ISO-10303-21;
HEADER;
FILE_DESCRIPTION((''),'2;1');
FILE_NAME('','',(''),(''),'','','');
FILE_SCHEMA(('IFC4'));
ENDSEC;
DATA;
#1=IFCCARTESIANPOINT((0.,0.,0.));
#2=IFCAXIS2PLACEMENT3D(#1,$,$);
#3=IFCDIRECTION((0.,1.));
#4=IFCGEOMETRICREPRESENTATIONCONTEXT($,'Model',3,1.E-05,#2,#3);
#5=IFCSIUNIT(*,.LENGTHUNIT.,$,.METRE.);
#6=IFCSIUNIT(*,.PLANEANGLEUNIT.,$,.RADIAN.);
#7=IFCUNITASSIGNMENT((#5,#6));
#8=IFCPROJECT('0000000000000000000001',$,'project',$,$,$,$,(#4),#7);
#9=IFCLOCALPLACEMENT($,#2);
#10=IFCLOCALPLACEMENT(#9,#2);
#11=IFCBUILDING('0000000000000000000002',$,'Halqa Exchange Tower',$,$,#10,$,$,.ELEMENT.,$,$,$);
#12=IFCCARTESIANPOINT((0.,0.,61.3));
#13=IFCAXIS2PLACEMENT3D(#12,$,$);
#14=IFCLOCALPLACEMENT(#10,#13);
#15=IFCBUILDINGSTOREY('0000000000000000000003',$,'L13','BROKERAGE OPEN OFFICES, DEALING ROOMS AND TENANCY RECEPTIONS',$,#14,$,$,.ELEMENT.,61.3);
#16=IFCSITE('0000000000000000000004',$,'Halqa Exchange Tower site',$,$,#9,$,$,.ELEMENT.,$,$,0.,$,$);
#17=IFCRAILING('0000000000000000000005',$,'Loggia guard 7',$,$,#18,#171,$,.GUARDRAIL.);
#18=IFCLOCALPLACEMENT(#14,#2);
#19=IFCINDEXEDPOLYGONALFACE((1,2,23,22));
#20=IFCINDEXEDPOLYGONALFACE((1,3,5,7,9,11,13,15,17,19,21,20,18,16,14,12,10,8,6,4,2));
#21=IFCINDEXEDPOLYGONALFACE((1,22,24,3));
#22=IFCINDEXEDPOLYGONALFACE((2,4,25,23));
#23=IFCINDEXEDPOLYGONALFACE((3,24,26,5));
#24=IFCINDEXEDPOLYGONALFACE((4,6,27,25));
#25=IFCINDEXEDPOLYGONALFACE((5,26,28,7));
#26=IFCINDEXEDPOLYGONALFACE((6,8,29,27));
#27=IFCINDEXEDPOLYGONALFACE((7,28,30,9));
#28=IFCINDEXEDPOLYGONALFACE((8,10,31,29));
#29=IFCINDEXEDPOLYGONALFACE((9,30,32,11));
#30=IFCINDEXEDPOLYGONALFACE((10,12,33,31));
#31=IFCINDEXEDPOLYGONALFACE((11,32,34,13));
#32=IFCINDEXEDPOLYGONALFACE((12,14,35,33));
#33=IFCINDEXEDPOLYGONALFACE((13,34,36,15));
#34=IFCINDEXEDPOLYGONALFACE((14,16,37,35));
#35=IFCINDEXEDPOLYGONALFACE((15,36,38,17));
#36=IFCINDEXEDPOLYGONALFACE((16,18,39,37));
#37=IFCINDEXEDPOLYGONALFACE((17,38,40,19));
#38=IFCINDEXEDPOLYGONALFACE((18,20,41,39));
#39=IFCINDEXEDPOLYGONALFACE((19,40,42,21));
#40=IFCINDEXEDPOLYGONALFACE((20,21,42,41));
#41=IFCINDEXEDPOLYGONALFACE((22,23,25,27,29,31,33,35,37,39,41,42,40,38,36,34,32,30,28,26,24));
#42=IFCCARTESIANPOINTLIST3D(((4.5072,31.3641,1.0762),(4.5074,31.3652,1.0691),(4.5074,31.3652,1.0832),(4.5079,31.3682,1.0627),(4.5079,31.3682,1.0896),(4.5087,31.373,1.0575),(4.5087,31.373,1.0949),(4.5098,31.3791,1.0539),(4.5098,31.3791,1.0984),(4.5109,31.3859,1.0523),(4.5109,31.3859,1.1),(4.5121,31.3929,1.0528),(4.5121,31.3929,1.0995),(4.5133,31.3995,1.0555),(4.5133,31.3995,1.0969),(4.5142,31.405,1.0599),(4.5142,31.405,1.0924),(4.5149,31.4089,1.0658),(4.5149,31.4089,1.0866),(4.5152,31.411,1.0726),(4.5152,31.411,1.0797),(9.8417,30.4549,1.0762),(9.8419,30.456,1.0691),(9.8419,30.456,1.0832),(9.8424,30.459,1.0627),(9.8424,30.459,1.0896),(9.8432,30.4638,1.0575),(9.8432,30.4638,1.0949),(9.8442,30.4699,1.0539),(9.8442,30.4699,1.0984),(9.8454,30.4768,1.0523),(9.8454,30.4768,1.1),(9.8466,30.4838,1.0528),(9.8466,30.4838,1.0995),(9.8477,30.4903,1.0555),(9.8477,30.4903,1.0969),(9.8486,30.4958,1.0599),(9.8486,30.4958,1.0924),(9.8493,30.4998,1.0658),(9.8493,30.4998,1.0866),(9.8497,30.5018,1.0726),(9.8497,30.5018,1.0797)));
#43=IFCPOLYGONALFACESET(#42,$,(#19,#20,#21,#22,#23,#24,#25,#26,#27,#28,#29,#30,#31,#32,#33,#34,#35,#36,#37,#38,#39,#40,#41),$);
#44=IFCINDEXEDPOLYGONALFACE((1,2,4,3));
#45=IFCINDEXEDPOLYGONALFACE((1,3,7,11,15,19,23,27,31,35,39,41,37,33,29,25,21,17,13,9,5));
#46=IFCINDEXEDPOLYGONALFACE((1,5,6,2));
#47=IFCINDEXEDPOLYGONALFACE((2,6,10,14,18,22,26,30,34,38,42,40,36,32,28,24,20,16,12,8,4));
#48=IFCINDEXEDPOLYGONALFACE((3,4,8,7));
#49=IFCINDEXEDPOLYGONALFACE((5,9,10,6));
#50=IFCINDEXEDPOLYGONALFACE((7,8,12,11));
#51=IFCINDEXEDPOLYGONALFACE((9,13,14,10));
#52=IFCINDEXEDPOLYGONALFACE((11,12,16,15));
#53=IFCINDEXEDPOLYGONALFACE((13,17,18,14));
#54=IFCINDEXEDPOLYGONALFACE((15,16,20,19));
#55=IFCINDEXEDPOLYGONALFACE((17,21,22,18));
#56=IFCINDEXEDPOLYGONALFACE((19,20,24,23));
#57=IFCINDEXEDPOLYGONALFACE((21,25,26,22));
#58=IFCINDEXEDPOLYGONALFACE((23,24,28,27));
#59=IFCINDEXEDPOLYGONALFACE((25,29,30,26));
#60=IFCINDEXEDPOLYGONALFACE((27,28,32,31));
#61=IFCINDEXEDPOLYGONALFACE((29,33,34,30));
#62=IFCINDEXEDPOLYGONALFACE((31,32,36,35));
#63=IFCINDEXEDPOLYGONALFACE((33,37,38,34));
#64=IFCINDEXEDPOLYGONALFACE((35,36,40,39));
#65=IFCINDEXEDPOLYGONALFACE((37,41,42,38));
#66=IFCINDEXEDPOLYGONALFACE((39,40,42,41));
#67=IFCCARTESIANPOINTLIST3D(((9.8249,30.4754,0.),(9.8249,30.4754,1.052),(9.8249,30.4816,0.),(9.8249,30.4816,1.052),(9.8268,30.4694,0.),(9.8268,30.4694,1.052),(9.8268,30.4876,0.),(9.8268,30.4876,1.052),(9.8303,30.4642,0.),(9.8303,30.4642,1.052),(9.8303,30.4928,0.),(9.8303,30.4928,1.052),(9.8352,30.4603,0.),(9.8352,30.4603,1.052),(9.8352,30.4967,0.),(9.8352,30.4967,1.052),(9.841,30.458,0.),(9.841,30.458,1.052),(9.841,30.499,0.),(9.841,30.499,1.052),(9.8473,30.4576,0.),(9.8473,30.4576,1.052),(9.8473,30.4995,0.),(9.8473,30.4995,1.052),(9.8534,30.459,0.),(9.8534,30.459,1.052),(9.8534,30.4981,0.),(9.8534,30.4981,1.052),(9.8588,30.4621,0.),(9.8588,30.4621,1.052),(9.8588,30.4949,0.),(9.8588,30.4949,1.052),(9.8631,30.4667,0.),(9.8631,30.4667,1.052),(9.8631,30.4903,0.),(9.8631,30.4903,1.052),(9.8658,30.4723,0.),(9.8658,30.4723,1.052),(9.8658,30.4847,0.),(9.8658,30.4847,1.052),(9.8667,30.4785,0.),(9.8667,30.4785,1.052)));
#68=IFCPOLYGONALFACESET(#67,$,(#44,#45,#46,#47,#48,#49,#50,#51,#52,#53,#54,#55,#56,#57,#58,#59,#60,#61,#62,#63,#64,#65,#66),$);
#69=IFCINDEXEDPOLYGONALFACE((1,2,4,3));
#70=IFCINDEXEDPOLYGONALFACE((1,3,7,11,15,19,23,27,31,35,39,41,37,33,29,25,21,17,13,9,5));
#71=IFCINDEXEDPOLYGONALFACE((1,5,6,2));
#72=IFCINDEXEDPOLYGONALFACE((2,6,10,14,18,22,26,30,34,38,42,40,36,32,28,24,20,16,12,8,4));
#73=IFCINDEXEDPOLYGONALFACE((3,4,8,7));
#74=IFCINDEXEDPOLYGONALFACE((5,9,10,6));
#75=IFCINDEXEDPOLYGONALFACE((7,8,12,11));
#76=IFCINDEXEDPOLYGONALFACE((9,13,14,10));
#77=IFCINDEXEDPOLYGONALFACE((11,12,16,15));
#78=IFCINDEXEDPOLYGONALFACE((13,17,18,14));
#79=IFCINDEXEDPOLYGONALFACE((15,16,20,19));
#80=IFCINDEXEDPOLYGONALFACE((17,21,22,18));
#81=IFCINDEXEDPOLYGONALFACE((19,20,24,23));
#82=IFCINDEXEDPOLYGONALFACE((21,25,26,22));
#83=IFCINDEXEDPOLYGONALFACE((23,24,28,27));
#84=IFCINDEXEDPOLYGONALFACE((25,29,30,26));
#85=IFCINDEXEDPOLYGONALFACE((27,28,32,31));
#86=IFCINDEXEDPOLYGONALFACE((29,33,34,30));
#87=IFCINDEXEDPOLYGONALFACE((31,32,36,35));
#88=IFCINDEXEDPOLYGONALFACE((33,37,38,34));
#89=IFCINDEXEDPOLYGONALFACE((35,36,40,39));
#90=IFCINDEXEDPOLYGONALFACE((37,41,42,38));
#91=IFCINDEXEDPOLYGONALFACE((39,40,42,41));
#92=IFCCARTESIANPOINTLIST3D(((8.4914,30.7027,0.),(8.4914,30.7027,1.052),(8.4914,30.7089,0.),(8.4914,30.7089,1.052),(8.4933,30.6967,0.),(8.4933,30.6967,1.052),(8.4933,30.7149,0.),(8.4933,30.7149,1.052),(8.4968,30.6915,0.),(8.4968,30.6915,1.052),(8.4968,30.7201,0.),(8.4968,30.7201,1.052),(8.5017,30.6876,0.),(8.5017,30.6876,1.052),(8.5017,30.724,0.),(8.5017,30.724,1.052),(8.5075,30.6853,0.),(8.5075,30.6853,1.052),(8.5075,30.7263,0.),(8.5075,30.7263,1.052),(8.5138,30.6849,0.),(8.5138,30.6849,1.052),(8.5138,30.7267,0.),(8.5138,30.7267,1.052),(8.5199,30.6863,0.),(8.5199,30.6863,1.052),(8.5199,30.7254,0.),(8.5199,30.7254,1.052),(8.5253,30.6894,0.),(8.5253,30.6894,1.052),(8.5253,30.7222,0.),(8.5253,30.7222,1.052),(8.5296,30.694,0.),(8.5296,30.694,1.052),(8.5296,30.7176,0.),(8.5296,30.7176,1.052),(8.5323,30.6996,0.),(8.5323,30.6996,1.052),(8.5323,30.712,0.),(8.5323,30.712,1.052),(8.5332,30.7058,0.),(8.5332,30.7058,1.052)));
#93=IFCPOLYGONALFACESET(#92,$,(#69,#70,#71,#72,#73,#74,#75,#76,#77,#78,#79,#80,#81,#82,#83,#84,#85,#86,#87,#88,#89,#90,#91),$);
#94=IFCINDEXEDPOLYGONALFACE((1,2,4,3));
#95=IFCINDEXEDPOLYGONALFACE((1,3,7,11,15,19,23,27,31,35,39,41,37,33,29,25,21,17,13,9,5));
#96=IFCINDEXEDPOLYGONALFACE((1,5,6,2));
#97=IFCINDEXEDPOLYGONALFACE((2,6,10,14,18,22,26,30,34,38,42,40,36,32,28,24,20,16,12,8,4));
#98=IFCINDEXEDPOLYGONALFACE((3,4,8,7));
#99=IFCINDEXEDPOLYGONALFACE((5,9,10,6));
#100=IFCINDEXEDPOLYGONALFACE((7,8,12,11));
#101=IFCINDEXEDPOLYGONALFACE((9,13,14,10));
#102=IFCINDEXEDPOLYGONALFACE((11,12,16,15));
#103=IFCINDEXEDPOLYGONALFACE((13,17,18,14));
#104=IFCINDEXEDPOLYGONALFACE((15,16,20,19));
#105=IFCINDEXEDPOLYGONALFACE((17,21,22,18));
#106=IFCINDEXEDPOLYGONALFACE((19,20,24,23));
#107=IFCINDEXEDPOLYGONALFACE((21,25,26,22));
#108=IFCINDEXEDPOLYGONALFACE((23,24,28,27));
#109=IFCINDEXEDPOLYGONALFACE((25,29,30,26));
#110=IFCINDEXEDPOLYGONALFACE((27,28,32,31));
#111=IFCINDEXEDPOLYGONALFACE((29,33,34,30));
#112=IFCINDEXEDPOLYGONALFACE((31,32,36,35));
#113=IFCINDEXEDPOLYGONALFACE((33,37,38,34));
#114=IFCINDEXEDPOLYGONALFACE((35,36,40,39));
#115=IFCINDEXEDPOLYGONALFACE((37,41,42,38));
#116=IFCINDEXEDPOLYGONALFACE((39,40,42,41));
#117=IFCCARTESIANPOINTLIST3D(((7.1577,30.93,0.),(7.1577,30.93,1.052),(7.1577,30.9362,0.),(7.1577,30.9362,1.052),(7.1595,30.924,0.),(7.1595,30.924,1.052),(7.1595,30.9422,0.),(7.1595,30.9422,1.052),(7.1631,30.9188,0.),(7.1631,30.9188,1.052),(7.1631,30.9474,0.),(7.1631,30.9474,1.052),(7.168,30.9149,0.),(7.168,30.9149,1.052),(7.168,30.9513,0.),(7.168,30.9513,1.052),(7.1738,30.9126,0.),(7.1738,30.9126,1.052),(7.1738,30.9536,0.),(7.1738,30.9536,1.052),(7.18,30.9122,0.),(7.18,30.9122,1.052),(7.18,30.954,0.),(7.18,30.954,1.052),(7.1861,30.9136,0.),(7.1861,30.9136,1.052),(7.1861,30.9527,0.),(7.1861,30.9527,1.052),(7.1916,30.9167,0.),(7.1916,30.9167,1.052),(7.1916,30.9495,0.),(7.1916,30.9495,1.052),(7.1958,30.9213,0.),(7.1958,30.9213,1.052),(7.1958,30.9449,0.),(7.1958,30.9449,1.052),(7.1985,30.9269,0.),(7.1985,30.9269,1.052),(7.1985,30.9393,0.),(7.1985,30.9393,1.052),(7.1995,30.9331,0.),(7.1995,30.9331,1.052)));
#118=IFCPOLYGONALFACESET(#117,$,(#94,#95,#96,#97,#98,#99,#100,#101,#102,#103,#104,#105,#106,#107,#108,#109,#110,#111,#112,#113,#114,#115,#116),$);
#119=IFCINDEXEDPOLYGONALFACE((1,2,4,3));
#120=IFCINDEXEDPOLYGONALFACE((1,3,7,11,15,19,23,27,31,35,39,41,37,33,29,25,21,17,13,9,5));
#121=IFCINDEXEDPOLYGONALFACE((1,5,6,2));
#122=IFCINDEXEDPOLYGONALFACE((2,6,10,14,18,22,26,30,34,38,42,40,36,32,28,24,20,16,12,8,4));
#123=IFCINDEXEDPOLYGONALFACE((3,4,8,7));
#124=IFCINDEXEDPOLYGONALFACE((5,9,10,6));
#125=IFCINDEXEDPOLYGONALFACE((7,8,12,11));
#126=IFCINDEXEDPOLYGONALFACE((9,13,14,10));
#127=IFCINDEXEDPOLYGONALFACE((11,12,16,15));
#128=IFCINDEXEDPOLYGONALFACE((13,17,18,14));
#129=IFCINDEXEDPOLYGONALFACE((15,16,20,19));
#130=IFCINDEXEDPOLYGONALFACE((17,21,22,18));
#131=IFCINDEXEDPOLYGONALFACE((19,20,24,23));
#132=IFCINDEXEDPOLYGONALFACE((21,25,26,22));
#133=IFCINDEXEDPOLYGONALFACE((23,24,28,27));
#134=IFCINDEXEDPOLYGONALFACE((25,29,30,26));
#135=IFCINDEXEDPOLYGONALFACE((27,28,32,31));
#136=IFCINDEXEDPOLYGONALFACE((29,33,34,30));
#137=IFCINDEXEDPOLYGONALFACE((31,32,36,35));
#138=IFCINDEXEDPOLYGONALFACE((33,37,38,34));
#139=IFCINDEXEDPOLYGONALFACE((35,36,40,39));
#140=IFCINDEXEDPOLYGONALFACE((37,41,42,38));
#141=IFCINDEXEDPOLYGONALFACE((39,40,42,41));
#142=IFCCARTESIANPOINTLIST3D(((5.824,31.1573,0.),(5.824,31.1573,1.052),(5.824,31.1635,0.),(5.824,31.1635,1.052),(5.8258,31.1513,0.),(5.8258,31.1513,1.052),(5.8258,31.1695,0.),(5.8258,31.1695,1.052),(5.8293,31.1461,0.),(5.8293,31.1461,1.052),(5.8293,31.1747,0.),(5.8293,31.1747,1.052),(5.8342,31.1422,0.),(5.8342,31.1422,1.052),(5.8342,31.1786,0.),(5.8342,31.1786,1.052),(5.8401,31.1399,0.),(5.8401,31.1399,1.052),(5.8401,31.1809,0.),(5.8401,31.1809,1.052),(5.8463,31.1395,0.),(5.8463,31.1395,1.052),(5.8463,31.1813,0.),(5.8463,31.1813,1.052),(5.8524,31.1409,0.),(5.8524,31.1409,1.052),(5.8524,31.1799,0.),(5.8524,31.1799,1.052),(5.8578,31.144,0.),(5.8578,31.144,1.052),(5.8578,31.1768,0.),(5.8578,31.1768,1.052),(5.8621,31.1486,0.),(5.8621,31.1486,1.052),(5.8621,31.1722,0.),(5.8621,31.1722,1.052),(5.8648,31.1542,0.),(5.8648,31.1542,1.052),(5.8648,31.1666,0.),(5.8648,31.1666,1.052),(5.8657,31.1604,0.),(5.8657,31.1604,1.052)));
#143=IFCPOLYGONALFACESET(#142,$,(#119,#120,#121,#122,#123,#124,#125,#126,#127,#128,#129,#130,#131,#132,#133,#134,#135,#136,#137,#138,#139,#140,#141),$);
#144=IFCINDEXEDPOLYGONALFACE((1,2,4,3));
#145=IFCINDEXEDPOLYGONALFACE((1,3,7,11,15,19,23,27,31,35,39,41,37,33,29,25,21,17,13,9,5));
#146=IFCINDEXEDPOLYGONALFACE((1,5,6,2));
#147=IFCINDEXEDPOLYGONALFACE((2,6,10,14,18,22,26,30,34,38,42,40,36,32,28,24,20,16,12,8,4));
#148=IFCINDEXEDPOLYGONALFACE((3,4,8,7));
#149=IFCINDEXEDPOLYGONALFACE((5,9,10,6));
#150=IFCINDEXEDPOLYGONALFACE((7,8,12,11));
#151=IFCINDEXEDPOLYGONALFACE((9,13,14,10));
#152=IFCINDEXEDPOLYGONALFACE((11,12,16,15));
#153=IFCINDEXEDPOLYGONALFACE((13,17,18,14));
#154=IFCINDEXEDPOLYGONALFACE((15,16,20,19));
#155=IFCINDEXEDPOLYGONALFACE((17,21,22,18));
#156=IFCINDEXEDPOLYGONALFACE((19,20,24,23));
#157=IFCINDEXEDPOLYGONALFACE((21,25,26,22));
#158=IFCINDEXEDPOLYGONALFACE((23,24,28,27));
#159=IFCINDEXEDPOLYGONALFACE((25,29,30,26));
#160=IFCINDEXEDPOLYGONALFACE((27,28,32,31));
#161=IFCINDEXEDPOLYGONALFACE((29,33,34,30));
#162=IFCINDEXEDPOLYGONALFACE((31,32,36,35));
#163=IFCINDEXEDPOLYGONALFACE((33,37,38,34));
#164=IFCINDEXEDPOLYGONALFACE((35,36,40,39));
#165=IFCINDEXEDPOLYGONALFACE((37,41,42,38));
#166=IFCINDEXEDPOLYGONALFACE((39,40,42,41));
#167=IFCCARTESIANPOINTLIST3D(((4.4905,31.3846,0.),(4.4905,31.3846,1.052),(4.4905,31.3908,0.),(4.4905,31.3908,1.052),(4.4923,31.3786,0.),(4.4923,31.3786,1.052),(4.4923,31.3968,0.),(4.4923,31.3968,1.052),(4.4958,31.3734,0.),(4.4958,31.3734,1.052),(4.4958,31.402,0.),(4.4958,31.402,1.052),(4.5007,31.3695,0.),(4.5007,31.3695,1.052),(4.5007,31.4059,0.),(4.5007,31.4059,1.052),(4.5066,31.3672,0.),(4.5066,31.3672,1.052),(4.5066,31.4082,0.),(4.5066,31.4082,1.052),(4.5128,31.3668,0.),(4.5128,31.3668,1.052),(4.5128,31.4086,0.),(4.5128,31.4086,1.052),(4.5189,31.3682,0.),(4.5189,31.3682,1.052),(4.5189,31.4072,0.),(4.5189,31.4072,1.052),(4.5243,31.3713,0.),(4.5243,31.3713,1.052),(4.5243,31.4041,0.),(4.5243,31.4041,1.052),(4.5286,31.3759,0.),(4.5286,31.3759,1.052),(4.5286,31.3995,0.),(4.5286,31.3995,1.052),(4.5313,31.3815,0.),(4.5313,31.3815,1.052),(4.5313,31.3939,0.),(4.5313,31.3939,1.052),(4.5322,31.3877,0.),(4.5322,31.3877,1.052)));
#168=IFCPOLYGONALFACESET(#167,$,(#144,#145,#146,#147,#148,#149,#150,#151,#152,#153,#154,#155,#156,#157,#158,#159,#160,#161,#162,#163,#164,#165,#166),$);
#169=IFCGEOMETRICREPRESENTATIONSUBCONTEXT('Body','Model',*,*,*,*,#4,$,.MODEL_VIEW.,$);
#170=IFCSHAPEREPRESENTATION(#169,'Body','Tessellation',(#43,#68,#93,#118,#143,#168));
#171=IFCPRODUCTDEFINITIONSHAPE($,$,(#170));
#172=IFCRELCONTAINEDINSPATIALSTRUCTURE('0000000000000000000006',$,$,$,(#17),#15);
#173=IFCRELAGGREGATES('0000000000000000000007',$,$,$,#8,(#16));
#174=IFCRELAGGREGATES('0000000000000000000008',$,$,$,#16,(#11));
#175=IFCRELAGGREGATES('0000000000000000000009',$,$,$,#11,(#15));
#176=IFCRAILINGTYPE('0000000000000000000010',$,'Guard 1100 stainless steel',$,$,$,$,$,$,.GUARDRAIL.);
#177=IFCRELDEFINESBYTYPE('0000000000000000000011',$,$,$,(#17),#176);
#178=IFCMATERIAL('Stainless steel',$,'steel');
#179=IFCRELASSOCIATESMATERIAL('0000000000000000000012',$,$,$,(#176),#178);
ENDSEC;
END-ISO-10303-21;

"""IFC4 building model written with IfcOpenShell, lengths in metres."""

from ifc_helpers import new_model, si_unit, direction, frame, origin, origin_2d, place, context, subcontext, project, spatial, circle, extrude, material, type_object, element, save


model = new_model("IFC4")

# Units and contexts
model_context = context("Model", 3, precision=1e-05, world=origin(), true_north=direction((0.0, 1.0)))
body_context = subcontext(model_context, "Body", "Model", "MODEL_VIEW")
ifc_project = project(units=[si_unit("LENGTHUNIT", "METRE"), si_unit("PLANEANGLEUNIT", "RADIAN")], contexts=[model_context])

# Site, building, storey
site_placement = place(None, origin())
site = spatial("IfcSite", under=ifc_project, at=site_placement, Name="Halqa Exchange Tower site", CompositionType="ELEMENT", RefElevation=0.0)
building_placement = place(site_placement, origin())
building = spatial("IfcBuilding", under=site, at=building_placement, Name="Halqa Exchange Tower", CompositionType="ELEMENT")
storey_placement = place(building_placement, frame((0.0, 0.0, 61.3)))
storey = spatial("IfcBuildingStorey", under=building, at=storey_placement, Name="L13", Description="BROKERAGE OPEN OFFICES, DEALING ROOMS AND TENANCY RECEPTIONS", CompositionType="ELEMENT", Elevation=61.3)

# Railing
ifc_material_1 = material(Name="Stainless steel", Category="steel")
railing_type_1 = type_object("IfcRailingType", Name="Guard 1100 stainless steel", PredefinedType="GUARDRAIL", material=ifc_material_1)
railing_1_placement = place(storey_placement, frame((9.8457, 30.4785, 0.0)))
element("IfcRailing", 1, at=railing_1_placement, inside=storey, type_object=railing_type_1, Name="Loggia guard 7", PredefinedType="GUARDRAIL", context=body_context, shape_type="SweptSolid", body=[
    extrude(circle(Radius=0.0239, at=origin_2d()), frame((0.0, 0.0, 1.0762), z_axis=(-0.985785, 0.168012, 0.0), x_axis=(-0.168012, -0.985785, 0.0)), (0.0, 0.0, 1.0), 5.4114),
    extrude(circle(Radius=0.021, at=origin_2d()), origin(), (0.0, 0.0, 1.0), 1.052),
    extrude(circle(Radius=0.021, at=origin_2d()), frame((-1.3335, 0.2273, 0.0)), (0.0, 0.0, 1.0), 1.052),
    extrude(circle(Radius=0.021, at=origin_2d()), frame((-2.6672, 0.4546, 0.0)), (0.0, 0.0, 1.0), 1.052),
    extrude(circle(Radius=0.021, at=origin_2d()), frame((-4.001, 0.6819, 0.0)), (0.0, 0.0, 1.0), 1.052),
    extrude(circle(Radius=0.021, at=origin_2d()), frame((-5.3345, 0.9092, 0.0)), (0.0, 0.0, 1.0), 1.052),
])

save(model, "model.ifc")
